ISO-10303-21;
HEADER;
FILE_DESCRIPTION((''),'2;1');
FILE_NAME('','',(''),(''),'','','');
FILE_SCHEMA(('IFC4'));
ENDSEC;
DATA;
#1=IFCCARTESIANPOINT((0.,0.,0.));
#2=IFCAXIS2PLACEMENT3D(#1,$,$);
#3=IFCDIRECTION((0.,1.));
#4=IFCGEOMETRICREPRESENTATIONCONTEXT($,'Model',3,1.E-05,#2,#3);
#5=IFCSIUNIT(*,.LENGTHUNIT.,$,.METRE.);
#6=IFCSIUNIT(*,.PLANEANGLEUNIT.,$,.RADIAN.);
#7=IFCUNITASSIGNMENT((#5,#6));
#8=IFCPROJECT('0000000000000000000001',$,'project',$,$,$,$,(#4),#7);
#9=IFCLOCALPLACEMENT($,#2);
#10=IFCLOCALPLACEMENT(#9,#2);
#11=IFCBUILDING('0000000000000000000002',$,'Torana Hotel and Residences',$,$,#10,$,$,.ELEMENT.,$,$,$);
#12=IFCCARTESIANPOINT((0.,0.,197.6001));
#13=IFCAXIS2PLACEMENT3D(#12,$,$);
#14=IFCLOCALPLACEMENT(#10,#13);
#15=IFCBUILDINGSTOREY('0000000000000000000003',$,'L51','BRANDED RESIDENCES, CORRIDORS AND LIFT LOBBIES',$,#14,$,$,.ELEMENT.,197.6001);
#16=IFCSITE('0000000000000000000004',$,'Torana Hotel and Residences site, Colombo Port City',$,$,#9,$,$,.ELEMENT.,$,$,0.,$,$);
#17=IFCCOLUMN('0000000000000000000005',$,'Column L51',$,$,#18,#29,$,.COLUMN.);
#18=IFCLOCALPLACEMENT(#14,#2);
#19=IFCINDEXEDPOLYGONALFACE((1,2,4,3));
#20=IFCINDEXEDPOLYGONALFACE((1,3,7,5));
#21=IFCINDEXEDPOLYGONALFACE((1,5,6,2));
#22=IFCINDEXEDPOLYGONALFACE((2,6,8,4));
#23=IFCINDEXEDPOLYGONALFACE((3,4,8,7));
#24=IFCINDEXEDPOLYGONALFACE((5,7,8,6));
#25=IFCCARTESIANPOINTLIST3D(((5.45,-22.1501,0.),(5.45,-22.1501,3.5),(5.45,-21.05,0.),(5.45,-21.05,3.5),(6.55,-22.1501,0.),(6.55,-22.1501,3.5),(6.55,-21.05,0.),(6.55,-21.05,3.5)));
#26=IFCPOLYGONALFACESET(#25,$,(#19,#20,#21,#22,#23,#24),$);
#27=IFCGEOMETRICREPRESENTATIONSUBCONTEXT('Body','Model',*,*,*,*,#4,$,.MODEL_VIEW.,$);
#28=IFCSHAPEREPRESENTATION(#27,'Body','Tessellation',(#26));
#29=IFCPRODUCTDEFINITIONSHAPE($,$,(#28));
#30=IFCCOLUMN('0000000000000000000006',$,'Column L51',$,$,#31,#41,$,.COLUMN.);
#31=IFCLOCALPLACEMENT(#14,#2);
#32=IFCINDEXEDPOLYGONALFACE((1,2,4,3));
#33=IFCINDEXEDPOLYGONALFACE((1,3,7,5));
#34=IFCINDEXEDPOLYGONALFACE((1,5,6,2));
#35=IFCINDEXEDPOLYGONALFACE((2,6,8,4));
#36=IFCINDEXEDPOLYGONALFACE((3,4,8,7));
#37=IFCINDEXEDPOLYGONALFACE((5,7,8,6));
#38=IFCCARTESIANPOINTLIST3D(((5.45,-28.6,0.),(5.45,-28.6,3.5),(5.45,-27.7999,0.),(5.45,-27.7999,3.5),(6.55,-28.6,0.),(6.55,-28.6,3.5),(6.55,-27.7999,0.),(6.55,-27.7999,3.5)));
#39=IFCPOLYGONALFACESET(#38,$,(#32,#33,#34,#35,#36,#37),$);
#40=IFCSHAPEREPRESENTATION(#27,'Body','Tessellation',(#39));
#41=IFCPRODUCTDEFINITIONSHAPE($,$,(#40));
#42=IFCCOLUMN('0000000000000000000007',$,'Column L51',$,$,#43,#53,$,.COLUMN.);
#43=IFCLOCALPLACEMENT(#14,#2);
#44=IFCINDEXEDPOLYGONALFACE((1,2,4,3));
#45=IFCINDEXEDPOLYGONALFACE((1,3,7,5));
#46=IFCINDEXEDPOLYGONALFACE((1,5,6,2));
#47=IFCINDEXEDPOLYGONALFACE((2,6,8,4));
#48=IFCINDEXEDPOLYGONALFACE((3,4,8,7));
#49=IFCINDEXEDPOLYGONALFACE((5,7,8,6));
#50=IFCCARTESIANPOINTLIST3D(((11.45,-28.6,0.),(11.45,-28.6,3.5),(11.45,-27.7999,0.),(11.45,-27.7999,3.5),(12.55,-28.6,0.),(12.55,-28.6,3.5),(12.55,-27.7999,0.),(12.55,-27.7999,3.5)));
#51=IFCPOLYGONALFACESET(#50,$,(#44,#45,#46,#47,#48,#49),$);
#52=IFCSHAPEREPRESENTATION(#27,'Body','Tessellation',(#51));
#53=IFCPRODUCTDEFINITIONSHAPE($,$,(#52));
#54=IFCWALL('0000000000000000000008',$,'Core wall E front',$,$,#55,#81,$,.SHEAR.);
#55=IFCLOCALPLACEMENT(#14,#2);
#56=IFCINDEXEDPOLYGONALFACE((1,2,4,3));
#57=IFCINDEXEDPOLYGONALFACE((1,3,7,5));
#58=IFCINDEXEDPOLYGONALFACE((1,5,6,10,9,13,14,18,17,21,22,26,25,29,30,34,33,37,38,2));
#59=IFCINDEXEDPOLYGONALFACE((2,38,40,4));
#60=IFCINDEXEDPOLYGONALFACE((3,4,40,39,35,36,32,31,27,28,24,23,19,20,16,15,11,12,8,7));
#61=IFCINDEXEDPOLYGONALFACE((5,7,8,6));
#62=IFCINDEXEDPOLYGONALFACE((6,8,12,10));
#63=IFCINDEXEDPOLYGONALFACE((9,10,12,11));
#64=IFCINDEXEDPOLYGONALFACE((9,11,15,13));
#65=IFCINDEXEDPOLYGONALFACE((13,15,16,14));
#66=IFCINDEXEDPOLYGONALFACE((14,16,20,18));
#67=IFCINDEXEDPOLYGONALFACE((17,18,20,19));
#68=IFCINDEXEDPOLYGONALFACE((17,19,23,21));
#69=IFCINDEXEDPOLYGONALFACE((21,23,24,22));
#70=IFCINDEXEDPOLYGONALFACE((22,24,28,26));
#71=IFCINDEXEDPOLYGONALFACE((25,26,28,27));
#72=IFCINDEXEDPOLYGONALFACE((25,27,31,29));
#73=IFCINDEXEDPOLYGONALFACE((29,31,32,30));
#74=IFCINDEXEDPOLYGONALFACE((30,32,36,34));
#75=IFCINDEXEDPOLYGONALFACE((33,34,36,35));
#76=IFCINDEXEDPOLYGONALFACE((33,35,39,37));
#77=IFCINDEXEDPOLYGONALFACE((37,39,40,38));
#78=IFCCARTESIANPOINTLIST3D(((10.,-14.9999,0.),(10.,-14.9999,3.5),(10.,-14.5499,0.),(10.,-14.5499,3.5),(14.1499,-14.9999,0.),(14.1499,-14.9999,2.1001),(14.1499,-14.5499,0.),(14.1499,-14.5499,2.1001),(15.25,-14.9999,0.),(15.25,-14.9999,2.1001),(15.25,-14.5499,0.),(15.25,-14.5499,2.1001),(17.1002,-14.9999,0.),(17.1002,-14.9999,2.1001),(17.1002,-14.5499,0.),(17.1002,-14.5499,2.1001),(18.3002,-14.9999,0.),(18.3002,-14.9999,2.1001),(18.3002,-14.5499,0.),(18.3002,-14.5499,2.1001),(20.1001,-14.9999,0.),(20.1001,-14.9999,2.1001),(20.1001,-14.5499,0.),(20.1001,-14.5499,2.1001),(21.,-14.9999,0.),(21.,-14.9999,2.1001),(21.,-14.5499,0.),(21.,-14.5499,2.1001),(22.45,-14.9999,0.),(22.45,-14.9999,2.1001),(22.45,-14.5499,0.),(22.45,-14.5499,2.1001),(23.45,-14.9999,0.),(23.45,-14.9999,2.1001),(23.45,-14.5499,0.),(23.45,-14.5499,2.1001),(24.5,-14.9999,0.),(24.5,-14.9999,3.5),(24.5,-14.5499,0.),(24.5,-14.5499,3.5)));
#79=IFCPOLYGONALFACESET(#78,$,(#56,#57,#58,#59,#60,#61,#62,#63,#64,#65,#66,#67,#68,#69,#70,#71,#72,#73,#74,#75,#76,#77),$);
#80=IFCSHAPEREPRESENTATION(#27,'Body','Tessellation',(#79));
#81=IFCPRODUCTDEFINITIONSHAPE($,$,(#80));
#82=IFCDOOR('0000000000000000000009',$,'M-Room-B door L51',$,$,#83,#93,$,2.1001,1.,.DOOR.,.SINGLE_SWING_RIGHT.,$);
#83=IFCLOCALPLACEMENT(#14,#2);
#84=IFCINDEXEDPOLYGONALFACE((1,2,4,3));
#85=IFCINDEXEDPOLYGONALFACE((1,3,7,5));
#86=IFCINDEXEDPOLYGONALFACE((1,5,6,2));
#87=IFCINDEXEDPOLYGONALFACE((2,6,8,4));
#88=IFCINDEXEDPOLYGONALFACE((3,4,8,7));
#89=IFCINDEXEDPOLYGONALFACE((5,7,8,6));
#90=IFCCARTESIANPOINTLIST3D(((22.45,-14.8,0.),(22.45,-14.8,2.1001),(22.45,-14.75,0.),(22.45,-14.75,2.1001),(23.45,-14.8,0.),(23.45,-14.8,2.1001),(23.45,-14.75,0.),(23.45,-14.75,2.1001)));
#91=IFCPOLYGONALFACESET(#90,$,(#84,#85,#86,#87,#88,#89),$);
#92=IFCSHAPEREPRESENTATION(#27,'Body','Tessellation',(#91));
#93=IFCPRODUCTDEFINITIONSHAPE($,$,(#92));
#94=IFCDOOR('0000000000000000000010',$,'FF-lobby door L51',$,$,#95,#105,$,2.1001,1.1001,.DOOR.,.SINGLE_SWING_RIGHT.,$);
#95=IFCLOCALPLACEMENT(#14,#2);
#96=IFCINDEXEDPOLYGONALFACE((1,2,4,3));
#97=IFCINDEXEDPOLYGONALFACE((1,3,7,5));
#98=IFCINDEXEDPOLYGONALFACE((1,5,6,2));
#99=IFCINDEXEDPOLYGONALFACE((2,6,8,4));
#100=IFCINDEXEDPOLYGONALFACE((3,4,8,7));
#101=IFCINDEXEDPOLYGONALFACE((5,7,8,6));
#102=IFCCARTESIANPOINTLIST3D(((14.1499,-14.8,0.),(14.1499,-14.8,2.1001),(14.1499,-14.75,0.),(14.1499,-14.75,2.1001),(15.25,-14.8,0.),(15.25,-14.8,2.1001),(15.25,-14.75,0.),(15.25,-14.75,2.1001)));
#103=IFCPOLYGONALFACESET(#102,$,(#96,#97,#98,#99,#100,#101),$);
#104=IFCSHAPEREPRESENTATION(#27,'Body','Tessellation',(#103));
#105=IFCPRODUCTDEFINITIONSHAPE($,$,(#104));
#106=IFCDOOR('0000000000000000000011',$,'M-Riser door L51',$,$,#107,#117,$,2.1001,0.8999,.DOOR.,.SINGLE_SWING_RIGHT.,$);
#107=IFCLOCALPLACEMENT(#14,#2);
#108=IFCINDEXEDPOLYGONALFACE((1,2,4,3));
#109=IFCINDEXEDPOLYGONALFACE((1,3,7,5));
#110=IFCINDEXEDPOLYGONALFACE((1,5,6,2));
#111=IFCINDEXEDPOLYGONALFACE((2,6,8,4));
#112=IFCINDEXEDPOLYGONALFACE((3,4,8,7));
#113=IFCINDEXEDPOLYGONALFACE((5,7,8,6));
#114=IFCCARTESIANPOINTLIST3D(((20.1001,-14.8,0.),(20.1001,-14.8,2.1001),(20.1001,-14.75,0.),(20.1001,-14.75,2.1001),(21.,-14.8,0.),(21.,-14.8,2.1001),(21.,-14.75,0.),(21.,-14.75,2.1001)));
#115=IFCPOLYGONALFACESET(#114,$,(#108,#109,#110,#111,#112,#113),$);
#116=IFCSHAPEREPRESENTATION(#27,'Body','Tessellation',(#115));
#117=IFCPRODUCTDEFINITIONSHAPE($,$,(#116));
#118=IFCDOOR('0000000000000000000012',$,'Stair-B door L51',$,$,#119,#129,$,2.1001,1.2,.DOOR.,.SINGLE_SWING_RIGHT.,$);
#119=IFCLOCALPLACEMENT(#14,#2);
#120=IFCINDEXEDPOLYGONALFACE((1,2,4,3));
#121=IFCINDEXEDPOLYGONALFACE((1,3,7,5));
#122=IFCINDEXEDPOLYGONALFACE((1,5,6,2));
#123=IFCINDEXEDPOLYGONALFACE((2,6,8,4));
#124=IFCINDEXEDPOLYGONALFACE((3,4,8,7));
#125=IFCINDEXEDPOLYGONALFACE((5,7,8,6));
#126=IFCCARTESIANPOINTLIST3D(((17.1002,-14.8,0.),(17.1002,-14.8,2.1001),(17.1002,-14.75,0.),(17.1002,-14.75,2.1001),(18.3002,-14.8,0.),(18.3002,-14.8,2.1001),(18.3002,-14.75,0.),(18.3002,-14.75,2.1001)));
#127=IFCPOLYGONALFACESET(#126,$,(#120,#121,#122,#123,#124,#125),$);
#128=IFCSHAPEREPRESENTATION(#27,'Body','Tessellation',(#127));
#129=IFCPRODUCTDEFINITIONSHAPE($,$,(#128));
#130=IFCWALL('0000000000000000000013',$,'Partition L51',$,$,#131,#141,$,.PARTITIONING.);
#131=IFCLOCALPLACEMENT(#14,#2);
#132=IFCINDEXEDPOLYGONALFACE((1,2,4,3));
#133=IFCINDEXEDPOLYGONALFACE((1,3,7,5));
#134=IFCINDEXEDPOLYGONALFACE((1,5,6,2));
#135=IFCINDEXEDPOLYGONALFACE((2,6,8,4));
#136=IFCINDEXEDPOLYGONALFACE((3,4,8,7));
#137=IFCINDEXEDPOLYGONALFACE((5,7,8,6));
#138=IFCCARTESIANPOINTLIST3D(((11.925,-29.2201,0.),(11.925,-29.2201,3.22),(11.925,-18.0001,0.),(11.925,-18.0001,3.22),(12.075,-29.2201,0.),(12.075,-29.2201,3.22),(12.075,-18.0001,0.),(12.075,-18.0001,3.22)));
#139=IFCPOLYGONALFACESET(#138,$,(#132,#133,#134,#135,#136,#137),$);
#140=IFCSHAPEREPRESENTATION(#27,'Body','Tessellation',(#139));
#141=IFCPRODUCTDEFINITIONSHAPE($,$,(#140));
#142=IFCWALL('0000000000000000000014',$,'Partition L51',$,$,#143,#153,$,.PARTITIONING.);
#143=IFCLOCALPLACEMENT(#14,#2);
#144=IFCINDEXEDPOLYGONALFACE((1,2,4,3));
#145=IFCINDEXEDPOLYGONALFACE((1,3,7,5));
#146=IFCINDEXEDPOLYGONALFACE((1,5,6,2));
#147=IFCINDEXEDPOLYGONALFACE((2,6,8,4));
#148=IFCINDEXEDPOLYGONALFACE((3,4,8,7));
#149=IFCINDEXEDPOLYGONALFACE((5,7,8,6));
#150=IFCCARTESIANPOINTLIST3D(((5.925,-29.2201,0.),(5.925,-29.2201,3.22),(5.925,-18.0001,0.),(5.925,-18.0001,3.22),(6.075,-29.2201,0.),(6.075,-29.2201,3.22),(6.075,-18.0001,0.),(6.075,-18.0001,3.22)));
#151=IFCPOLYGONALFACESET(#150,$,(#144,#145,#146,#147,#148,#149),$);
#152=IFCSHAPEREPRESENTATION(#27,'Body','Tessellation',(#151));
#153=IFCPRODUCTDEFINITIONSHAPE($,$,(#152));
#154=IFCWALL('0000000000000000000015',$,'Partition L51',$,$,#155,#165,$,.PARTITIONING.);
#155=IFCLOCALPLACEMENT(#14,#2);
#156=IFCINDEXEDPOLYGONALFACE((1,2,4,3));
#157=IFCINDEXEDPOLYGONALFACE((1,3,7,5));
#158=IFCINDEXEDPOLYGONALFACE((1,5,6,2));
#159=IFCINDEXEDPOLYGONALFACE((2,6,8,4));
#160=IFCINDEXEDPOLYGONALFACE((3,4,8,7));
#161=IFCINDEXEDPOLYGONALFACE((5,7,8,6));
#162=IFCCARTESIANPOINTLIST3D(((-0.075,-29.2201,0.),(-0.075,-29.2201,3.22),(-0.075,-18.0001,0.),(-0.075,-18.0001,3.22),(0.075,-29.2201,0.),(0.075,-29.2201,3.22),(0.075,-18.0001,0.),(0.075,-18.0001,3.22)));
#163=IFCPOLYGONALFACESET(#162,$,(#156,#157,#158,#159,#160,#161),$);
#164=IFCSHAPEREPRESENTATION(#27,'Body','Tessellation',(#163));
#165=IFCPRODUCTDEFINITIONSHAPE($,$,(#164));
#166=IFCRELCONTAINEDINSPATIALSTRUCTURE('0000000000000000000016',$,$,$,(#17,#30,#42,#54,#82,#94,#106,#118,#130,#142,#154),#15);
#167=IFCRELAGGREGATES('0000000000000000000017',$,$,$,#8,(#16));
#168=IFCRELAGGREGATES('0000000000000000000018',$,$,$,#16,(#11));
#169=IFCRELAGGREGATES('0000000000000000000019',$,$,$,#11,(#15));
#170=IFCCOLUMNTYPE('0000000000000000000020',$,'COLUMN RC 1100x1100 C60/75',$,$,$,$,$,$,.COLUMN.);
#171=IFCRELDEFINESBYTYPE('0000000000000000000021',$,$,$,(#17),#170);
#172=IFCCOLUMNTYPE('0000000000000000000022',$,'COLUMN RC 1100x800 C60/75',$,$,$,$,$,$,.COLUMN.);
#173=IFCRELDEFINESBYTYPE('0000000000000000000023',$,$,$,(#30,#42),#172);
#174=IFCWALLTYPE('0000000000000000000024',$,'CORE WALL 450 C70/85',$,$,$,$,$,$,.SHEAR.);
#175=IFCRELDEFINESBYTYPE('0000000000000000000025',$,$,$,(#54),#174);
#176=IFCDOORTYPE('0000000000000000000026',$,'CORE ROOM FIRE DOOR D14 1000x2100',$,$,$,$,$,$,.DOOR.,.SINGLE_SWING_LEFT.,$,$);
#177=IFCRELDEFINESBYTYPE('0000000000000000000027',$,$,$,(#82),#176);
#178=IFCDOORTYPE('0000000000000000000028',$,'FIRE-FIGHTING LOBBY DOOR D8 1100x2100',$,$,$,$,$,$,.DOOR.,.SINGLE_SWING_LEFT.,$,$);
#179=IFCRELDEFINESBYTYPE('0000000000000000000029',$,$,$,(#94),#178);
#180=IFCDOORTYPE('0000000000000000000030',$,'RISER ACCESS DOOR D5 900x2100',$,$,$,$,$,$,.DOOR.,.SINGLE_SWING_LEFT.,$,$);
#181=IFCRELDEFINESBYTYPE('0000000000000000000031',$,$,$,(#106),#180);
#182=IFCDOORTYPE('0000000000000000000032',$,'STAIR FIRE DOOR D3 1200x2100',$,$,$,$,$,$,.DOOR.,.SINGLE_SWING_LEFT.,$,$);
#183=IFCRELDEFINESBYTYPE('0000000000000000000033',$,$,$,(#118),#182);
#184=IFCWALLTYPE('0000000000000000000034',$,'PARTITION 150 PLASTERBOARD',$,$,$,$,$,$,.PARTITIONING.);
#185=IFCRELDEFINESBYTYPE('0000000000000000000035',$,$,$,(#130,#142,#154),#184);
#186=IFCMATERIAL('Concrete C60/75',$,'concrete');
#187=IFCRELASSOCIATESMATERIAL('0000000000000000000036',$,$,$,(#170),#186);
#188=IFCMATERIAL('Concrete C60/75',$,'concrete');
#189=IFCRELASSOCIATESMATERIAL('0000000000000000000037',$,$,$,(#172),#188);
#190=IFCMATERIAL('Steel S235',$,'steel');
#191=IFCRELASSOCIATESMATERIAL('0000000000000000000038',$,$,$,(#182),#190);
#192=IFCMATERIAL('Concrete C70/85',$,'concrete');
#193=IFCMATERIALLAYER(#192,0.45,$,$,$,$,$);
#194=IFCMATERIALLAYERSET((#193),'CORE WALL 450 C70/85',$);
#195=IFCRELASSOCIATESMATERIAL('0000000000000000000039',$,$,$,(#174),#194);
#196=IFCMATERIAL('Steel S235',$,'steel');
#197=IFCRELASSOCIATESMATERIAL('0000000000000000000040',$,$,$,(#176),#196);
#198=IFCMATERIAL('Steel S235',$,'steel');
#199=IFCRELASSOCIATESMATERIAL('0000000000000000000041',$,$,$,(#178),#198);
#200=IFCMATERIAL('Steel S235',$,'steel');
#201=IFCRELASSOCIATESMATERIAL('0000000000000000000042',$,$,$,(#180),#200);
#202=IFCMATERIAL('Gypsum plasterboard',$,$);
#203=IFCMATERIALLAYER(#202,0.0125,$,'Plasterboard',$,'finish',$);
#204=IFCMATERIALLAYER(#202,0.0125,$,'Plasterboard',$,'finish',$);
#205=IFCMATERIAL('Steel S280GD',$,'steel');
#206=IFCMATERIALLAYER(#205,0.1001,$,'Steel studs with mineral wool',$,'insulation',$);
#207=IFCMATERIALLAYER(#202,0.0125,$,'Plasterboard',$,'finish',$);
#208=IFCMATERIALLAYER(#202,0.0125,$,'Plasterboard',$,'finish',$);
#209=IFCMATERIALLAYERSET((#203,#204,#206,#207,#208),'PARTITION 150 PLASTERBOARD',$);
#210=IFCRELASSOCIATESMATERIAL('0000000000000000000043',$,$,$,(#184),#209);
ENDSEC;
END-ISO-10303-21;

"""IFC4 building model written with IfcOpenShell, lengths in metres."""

from ifc_helpers import new_model, si_unit, direction, frame, frame_2d, origin, origin_2d, place, context, subcontext, project, spatial, rectangle, extrude, material, layer, layer_set, material_profile, profile_set, type_object, element, fill, save


model = new_model("IFC4")

# Units and contexts
model_context = context("Model", 3, precision=1e-05, world=origin(), true_north=direction((0.0, 1.0)))
body_context = subcontext(model_context, "Body", "Model", "MODEL_VIEW")
ifc_project = project(units=[si_unit("LENGTHUNIT", "METRE"), si_unit("PLANEANGLEUNIT", "RADIAN")], contexts=[model_context])

# Site, building, storey
site_placement = place(None, origin())
site = spatial("IfcSite", under=ifc_project, at=site_placement, Name="Torana Hotel and Residences site, Colombo Port City", CompositionType="ELEMENT", RefElevation=0.0)
building_placement = place(site_placement, origin())
building = spatial("IfcBuilding", under=site, at=building_placement, Name="Torana Hotel and Residences", CompositionType="ELEMENT")
storey_placement = place(building_placement, frame((0.0, 0.0, 197.6001)))
storey = spatial("IfcBuildingStorey", under=building, at=storey_placement, Name="L51", Description="BRANDED RESIDENCES, CORRIDORS AND LIFT LOBBIES", CompositionType="ELEMENT", Elevation=197.6001)

# Columns
ifc_material_1 = material(Name="Concrete C60/75", Category="concrete")
ifc_material_profile_1 = material_profile(ifc_material_1, rectangle(XDim=1.1001, YDim=1.1001, at=origin_2d()), Name="RC 1100x1100")
ifc_profile_set_1 = profile_set([ifc_material_profile_1], Name="Concrete C60/75")
column_type_1 = type_object("IfcColumnType", Name="COLUMN RC 1100x1100 C60/75", PredefinedType="COLUMN", material=ifc_profile_set_1)
column_placement = place(storey_placement, frame((6.0, -21.6001, 0.0), z_axis=(0.0, 0.0, 1.0), x_axis=(1.0, 0.0, 0.0)))
element("IfcColumn", 1, at=column_placement, inside=storey, type_object=column_type_1, Name="Column L51", PredefinedType="COLUMN", context=body_context, shape_type="SweptSolid", body=[
    extrude(rectangle(XDim=1.1001, YDim=1.1001, at=origin_2d()), origin(), (0.0, 0.0, 1.0), 3.5),
])
ifc_material_2 = material(Name="Concrete C60/75", Category="concrete")
ifc_material_profile_2 = material_profile(ifc_material_2, rectangle(XDim=1.1001, YDim=0.8, at=origin_2d()), Name="RC 1100x800")
ifc_profile_set_2 = profile_set([ifc_material_profile_2], Name="Concrete C60/75")
column_type_2 = type_object("IfcColumnType", Name="COLUMN RC 1100x800 C60/75", PredefinedType="COLUMN", material=ifc_profile_set_2)
for number, where, z_axis, x_axis, name in (
    (2, (6.0, -28.2, 0.0), (0.0, 0.0, 1.0), (1.0, 0.0, 0.0), "Column L51"),
    (3, (12.0, -28.2, 0.0), (0.0, 0.0, 1.0), (1.0, 0.0, 0.0), "Column L51"),
):
    element("IfcColumn", number, at=place(storey_placement, frame(where, z_axis=z_axis, x_axis=x_axis)), inside=storey, type_object=column_type_2, Name=name, PredefinedType="COLUMN", context=body_context, shape_type="SweptSolid", body=[
        extrude(rectangle(XDim=1.1001, YDim=0.8, at=origin_2d()), origin(), (0.0, 0.0, 1.0), 3.5),
    ])

# Wall, openings, doors
ifc_material_3 = material(Name="Steel S235", Category="steel")
door_type_1 = type_object("IfcDoorType", Name="STAIR FIRE DOOR D3 1200x2100", OperationType="SINGLE_SWING_LEFT", PredefinedType="DOOR", material=ifc_material_3)
ifc_material_4 = material(Name="Concrete C70/85", Category="concrete")
ifc_layer_1 = layer(ifc_material_4, 0.45)
ifc_layer_set_1 = layer_set([ifc_layer_1], Name="CORE WALL 450 C70/85")
wall_type_1 = type_object("IfcWallType", Name="CORE WALL 450 C70/85", PredefinedType="SHEAR", material=ifc_layer_set_1)
wall_1_placement = place(storey_placement, frame((10.0, -14.7749, 0.0), z_axis=(0.0, 0.0, 1.0), x_axis=(1.0, 0.0, 0.0)))
wall_1 = element("IfcWall", 4, at=wall_1_placement, inside=storey, type_object=wall_type_1, Name="Core wall E front", PredefinedType="SHEAR", context=body_context, shape_type="SweptSolid", body=[
    extrude(rectangle(XDim=14.5, YDim=0.45, at=frame_2d((7.25, 0.0))), origin(), (0.0, 0.0, 1.0), 3.5),
])
opening_1_placement = place(wall_1_placement, frame((7.1001, 0.0, 0.0)))
opening_1 = element("IfcOpeningElement", 5, at=opening_1_placement, cuts=wall_1, PredefinedType="OPENING", context=body_context, shape_type="SweptSolid", body=[
    extrude(rectangle(XDim=1.2, YDim=2.1001, at=frame_2d((0.6001, 1.05))), frame((0.0, 0.2349, 0.0), z_axis=(0.0, -1.0, 0.0), x_axis=(1.0, 0.0, 0.0)), (0.0, 0.0, 1.0), 0.47),
])
opening_2_placement = place(wall_1_placement, frame((4.1499, 0.0, 0.0)))
opening_2 = element("IfcOpeningElement", 6, at=opening_2_placement, cuts=wall_1, PredefinedType="OPENING", context=body_context, shape_type="SweptSolid", body=[
    extrude(rectangle(XDim=1.1001, YDim=2.1001, at=frame_2d((0.55, 1.05))), frame((0.0, 0.2349, 0.0), z_axis=(0.0, -1.0, 0.0), x_axis=(1.0, 0.0, 0.0)), (0.0, 0.0, 1.0), 0.47),
])
opening_3_placement = place(wall_1_placement, frame((10.1001, 0.0, 0.0)))
opening_3 = element("IfcOpeningElement", 7, at=opening_3_placement, cuts=wall_1, PredefinedType="OPENING", context=body_context, shape_type="SweptSolid", body=[
    extrude(rectangle(XDim=0.8999, YDim=2.1001, at=frame_2d((0.45, 1.05))), frame((0.0, 0.2349, 0.0), z_axis=(0.0, -1.0, 0.0), x_axis=(1.0, 0.0, 0.0)), (0.0, 0.0, 1.0), 0.47),
])
opening_4_placement = place(wall_1_placement, frame((12.45, 0.0, 0.0)))
opening_4 = element("IfcOpeningElement", 8, at=opening_4_placement, cuts=wall_1, PredefinedType="OPENING", context=body_context, shape_type="SweptSolid", body=[
    extrude(rectangle(XDim=1.0, YDim=2.1001, at=frame_2d((0.5, 1.05))), frame((0.0, 0.2349, 0.0), z_axis=(0.0, -1.0, 0.0), x_axis=(1.0, 0.0, 0.0)), (0.0, 0.0, 1.0), 0.47),
])
ifc_material_5 = material(Name="Steel S235", Category="steel")
door_type_2 = type_object("IfcDoorType", Name="CORE ROOM FIRE DOOR D14 1000x2100", OperationType="SINGLE_SWING_LEFT", PredefinedType="DOOR", material=ifc_material_5)
door_1_placement = place(opening_4_placement, origin())
door_1 = element("IfcDoor", 9, at=door_1_placement, inside=storey, type_object=door_type_2, Name="M-Room-B door L51", OperationType="SINGLE_SWING_RIGHT", OverallHeight=2.1001, OverallWidth=1.0, PredefinedType="DOOR", context=body_context, shape_type="SweptSolid", body=[
    extrude(rectangle(XDim=1.0, YDim=2.1001, at=frame_2d((0.5, 1.05))), frame((0.0, 0.0249, 0.0), z_axis=(0.0, -1.0, 0.0), x_axis=(1.0, 0.0, 0.0)), (0.0, 0.0, 1.0), 0.05),
])
fill(opening_4, door_1)
ifc_material_6 = material(Name="Steel S235", Category="steel")
door_type_3 = type_object("IfcDoorType", Name="FIRE-FIGHTING LOBBY DOOR D8 1100x2100", OperationType="SINGLE_SWING_LEFT", PredefinedType="DOOR", material=ifc_material_6)
door_2_placement = place(opening_2_placement, origin())
door_2 = element("IfcDoor", 10, at=door_2_placement, inside=storey, type_object=door_type_3, Name="FF-lobby door L51", OperationType="SINGLE_SWING_RIGHT", OverallHeight=2.1001, OverallWidth=1.1001, PredefinedType="DOOR", context=body_context, shape_type="SweptSolid", body=[
    extrude(rectangle(XDim=1.1001, YDim=2.1001, at=frame_2d((0.55, 1.05))), frame((0.0, 0.0249, 0.0), z_axis=(0.0, -1.0, 0.0), x_axis=(1.0, 0.0, 0.0)), (0.0, 0.0, 1.0), 0.05),
])
fill(opening_2, door_2)
ifc_material_7 = material(Name="Steel S235", Category="steel")
door_type_4 = type_object("IfcDoorType", Name="RISER ACCESS DOOR D5 900x2100", OperationType="SINGLE_SWING_LEFT", PredefinedType="DOOR", material=ifc_material_7)
door_3_placement = place(opening_3_placement, origin())
door_3 = element("IfcDoor", 11, at=door_3_placement, inside=storey, type_object=door_type_4, Name="M-Riser door L51", OperationType="SINGLE_SWING_RIGHT", OverallHeight=2.1001, OverallWidth=0.8999, PredefinedType="DOOR", context=body_context, shape_type="SweptSolid", body=[
    extrude(rectangle(XDim=0.8999, YDim=2.1001, at=frame_2d((0.45, 1.05))), frame((0.0, 0.0249, 0.0), z_axis=(0.0, -1.0, 0.0), x_axis=(1.0, 0.0, 0.0)), (0.0, 0.0, 1.0), 0.05),
])
fill(opening_3, door_3)
door_4_placement = place(opening_1_placement, origin())
door_4 = element("IfcDoor", 12, at=door_4_placement, inside=storey, type_object=door_type_1, Name="Stair-B door L51", OperationType="SINGLE_SWING_RIGHT", OverallHeight=2.1001, OverallWidth=1.2, PredefinedType="DOOR", context=body_context, shape_type="SweptSolid", body=[
    extrude(rectangle(XDim=1.2, YDim=2.1001, at=frame_2d((0.6001, 1.05))), frame((0.0, 0.0249, 0.0), z_axis=(0.0, -1.0, 0.0), x_axis=(1.0, 0.0, 0.0)), (0.0, 0.0, 1.0), 0.05),
])
fill(opening_1, door_4)

# Walls
ifc_material_8 = material(Name="Gypsum plasterboard")
ifc_layer_2 = layer(ifc_material_8, 0.0125, Name="Plasterboard", Category="finish")
ifc_layer_3 = layer(ifc_material_8, 0.0125, Name="Plasterboard", Category="finish")
ifc_material_9 = material(Name="Steel S280GD", Category="steel")
ifc_layer_4 = layer(ifc_material_9, 0.1001, Name="Steel studs with mineral wool", Category="insulation")
ifc_layer_5 = layer(ifc_material_8, 0.0125, Name="Plasterboard", Category="finish")
ifc_layer_6 = layer(ifc_material_8, 0.0125, Name="Plasterboard", Category="finish")
ifc_layer_set_2 = layer_set([ifc_layer_2, ifc_layer_3, ifc_layer_4, ifc_layer_5, ifc_layer_6], Name="PARTITION 150 PLASTERBOARD")
wall_type_2 = type_object("IfcWallType", Name="PARTITION 150 PLASTERBOARD", PredefinedType="PARTITIONING", material=ifc_layer_set_2)
for number, where, z_axis, x_axis, name in (
    (13, (12.0, -29.22, 0.0), (0.0, 0.0, 1.0), (0.0, 1.0, 0.0), "Partition L51"),
    (14, (6.0, -29.22, 0.0), (0.0, 0.0, 1.0), (0.0, 1.0, 0.0), "Partition L51"),
    (15, (0.0, -29.22, 0.0), (0.0, 0.0, 1.0), (0.0, 1.0, 0.0), "Partition L51"),
):
    element("IfcWall", number, at=place(storey_placement, frame(where, z_axis=z_axis, x_axis=x_axis)), inside=storey, type_object=wall_type_2, Name=name, PredefinedType="PARTITIONING", context=body_context, shape_type="SweptSolid", body=[
        extrude(rectangle(XDim=11.22, YDim=0.1499, at=frame_2d((5.6099, 0.0))), origin(), (0.0, 0.0, 1.0), 3.22),
    ])

save(model, "model.ifc")
